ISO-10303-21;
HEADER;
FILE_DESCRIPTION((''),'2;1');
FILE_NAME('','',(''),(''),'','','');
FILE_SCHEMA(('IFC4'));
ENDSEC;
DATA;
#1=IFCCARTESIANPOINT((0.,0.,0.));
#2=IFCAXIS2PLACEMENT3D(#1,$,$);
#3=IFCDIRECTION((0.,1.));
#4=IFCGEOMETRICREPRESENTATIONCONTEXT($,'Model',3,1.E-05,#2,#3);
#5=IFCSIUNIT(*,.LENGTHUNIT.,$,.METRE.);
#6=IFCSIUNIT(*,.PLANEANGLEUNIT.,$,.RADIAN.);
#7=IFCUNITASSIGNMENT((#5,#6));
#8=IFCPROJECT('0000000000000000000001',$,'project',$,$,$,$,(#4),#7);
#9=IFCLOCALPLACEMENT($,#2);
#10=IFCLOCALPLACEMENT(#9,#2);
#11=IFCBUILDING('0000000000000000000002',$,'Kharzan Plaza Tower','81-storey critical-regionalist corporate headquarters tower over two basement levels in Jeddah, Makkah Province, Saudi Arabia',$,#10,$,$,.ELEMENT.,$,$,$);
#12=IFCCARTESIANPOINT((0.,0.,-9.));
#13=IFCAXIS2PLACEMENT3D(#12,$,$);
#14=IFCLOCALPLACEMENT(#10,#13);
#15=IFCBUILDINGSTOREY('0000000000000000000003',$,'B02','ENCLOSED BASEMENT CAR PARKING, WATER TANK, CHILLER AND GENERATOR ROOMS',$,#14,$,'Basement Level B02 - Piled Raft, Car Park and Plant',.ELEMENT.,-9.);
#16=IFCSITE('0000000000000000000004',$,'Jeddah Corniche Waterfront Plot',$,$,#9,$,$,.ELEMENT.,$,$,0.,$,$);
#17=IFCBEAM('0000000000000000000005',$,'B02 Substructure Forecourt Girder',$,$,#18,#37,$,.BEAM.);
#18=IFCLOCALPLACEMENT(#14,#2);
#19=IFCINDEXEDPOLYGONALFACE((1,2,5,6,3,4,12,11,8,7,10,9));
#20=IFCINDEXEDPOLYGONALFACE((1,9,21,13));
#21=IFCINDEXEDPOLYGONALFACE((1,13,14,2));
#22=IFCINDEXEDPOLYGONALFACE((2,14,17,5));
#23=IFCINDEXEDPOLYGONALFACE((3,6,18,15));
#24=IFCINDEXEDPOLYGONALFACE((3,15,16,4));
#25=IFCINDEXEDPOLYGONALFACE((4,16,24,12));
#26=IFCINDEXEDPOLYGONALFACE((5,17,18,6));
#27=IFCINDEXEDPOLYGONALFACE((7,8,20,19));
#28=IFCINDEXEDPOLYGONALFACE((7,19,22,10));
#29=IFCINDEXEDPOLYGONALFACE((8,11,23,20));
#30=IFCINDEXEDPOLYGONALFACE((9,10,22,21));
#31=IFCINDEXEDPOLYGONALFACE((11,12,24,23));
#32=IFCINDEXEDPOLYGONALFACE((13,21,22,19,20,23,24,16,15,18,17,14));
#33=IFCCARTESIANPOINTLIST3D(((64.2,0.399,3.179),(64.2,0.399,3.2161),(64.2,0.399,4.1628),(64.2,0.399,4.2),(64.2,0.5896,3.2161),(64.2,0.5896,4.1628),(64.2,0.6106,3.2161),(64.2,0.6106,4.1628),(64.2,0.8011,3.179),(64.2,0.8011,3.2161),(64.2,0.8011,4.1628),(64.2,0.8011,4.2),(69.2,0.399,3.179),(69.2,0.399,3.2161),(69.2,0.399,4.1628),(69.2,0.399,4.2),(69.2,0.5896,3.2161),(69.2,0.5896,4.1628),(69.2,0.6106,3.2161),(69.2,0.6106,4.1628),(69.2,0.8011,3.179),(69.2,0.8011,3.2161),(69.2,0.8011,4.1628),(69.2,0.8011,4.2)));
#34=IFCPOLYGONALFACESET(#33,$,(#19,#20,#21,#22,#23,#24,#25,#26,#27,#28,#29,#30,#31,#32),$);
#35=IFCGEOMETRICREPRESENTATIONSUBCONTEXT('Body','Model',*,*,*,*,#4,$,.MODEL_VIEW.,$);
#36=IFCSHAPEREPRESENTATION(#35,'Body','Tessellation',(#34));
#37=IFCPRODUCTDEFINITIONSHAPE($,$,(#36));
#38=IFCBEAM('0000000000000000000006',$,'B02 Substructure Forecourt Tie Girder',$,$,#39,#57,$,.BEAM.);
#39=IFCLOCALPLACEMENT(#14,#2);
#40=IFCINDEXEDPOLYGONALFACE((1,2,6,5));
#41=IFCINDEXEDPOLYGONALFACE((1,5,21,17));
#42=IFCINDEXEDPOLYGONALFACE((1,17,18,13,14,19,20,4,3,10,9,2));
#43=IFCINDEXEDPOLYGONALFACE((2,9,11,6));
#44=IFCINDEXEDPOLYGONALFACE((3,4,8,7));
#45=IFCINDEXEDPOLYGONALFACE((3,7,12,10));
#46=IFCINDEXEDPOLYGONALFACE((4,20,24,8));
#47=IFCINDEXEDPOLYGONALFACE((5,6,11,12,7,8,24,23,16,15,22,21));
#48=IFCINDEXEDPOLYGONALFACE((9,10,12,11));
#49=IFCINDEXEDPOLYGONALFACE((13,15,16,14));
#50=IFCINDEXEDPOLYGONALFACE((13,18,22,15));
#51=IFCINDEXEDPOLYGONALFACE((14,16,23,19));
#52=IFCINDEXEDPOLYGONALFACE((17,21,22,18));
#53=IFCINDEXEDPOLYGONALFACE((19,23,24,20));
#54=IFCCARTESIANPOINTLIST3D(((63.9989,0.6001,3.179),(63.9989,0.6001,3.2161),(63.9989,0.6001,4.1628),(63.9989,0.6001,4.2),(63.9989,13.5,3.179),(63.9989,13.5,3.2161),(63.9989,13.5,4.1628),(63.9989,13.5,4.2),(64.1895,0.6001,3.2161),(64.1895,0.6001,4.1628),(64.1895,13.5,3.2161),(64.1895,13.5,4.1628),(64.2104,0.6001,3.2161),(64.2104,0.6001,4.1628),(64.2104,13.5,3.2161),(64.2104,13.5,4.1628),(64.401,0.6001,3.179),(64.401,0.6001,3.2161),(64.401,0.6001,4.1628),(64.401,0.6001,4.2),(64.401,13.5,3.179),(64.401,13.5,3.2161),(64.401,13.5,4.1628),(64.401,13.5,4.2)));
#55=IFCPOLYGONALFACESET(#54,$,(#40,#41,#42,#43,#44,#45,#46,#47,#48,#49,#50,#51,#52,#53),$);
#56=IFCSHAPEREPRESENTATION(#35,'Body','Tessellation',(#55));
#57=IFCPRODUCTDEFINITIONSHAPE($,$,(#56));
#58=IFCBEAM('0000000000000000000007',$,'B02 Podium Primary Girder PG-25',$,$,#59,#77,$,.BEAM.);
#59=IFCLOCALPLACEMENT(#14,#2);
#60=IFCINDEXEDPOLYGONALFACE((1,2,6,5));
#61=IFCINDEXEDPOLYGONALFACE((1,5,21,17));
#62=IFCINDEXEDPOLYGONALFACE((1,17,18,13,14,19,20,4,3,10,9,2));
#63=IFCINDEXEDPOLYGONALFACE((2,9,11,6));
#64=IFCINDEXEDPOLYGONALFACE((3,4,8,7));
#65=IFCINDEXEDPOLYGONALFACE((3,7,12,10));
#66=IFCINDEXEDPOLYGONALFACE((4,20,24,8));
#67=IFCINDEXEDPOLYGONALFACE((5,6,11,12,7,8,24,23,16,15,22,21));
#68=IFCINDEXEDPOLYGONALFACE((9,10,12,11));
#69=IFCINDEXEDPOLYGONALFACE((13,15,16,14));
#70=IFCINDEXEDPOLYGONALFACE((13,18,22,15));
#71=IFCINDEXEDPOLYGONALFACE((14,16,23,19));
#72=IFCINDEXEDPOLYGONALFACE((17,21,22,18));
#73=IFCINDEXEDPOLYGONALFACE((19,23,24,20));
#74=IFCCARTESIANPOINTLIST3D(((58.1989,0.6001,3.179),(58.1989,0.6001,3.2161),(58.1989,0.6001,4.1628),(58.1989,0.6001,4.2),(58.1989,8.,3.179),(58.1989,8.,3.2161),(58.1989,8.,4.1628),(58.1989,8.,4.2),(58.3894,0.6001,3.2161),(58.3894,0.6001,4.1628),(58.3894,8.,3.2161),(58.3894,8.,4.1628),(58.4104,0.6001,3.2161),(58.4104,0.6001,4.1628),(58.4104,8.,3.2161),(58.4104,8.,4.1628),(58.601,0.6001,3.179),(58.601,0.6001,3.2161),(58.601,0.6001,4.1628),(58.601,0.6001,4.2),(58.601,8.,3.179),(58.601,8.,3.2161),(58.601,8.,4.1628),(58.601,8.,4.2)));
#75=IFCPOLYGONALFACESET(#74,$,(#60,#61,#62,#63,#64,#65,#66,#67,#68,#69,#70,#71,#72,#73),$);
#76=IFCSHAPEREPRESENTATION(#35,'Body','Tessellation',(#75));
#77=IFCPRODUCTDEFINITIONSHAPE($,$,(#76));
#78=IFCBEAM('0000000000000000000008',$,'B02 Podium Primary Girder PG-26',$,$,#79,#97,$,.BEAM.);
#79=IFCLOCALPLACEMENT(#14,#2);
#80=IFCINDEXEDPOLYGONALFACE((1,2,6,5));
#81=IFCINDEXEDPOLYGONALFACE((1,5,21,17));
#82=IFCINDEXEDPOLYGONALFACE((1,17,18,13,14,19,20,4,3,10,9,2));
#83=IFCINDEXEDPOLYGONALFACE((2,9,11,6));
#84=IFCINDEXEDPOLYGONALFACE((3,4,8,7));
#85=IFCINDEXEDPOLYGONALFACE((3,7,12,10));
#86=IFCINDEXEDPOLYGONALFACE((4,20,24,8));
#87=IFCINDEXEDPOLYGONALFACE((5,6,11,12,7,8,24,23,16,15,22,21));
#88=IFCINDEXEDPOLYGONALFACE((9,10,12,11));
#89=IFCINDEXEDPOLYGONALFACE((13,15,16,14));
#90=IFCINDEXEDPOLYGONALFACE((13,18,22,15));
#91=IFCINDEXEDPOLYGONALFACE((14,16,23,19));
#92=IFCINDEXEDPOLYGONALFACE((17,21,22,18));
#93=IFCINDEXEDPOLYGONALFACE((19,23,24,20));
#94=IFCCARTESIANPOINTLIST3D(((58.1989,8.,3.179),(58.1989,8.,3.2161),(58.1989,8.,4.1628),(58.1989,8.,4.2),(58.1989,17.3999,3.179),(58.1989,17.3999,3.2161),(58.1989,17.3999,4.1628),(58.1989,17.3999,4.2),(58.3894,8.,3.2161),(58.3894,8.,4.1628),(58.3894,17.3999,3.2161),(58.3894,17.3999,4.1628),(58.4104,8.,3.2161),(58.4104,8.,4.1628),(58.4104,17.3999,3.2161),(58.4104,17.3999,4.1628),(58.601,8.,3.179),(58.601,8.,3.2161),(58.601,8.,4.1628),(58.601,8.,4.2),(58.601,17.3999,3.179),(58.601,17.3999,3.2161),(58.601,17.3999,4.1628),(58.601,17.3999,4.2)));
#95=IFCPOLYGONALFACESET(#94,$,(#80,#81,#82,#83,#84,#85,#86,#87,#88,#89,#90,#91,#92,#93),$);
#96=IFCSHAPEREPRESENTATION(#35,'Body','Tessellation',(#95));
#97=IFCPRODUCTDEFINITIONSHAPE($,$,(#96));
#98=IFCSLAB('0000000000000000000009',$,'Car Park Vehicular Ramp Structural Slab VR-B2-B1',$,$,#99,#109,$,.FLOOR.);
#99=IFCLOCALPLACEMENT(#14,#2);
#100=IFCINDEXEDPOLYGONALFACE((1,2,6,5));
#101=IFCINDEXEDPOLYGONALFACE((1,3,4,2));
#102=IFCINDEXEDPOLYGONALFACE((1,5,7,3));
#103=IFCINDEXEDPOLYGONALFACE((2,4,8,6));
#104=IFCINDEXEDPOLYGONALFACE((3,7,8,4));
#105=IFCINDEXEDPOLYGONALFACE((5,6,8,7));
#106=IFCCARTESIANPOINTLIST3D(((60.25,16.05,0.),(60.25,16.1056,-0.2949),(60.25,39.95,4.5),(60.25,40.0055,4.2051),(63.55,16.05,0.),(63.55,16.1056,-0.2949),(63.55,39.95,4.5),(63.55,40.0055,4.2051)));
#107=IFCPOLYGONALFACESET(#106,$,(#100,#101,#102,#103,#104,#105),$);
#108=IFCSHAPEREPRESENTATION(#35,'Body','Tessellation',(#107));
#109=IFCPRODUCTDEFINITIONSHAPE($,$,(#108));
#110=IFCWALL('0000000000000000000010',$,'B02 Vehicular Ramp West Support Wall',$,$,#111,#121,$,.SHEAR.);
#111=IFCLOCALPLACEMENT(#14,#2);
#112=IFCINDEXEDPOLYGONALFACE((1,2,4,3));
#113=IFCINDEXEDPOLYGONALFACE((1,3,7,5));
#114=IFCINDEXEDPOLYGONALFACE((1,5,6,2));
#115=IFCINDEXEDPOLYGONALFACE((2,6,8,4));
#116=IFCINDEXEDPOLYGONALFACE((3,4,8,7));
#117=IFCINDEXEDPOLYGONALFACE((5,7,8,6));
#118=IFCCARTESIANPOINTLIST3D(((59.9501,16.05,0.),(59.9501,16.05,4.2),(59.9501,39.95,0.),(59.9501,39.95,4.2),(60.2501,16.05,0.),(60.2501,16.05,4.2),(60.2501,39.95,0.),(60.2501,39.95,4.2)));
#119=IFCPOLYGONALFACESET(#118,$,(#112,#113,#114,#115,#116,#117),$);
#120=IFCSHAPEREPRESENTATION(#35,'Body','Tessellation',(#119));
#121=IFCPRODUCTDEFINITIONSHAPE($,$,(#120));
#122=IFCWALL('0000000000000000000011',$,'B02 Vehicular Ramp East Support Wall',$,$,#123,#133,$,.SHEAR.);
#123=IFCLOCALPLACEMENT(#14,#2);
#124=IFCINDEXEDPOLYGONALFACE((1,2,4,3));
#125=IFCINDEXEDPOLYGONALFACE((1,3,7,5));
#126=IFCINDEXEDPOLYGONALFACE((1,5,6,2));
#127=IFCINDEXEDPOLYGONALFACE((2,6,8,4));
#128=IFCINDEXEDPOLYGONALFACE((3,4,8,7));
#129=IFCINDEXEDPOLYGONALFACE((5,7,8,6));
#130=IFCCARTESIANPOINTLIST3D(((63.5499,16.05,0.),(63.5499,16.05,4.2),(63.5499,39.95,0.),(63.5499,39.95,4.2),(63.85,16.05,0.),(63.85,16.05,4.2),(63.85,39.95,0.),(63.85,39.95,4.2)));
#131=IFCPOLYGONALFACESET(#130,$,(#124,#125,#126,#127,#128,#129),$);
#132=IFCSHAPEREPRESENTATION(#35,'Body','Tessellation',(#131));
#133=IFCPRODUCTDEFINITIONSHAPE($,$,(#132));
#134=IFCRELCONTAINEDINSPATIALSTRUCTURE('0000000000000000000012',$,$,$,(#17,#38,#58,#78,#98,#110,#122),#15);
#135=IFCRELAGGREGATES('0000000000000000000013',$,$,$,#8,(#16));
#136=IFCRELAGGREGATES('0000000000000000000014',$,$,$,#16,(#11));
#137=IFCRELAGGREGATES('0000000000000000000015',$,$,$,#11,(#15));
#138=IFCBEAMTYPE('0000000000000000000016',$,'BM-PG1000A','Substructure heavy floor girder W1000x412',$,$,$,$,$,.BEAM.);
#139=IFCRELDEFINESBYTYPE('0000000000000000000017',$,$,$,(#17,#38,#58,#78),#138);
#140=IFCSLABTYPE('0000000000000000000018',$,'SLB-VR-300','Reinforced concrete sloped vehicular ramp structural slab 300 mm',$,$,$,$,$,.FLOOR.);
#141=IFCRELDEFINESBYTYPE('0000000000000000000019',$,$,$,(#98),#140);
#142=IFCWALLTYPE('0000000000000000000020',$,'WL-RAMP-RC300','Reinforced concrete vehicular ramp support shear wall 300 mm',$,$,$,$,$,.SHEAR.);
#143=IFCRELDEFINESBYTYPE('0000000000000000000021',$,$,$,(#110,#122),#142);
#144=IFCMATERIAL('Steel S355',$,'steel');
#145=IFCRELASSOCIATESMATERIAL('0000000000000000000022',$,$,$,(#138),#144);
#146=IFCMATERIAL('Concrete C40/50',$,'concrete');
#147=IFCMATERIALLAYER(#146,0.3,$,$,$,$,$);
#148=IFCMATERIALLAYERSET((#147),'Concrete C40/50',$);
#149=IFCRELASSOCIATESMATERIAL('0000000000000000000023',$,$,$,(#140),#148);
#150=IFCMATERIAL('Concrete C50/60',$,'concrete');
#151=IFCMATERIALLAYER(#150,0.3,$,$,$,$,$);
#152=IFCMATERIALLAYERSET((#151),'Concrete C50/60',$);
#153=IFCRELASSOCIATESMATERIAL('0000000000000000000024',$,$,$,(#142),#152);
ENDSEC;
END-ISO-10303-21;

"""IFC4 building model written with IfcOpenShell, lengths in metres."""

from ifc_helpers import new_model, si_unit, direction, frame, frame_2d, origin, origin_2d, place, context, subcontext, project, spatial, polyline, rectangle, i_section, outline, extrude, source, transform, mapped, material, layer, layer_set, material_profile, profile_set, type_object, element, save


model = new_model("IFC4")

# Units and contexts
model_context = context("Model", 3, precision=1e-05, world=origin(), true_north=direction((0.0, 1.0)))
body_context = subcontext(model_context, "Body", "Model", "MODEL_VIEW")
ifc_project = project(units=[si_unit("LENGTHUNIT", "METRE"), si_unit("PLANEANGLEUNIT", "RADIAN")], contexts=[model_context])

# Site, building, storey
site_placement = place(None, origin())
site = spatial("IfcSite", under=ifc_project, at=site_placement, Name="Jeddah Corniche Waterfront Plot", CompositionType="ELEMENT", RefElevation=0.0)
building_placement = place(site_placement, origin())
building = spatial("IfcBuilding", under=site, at=building_placement, Name="Kharzan Plaza Tower", Description="81-storey critical-regionalist corporate headquarters tower over two basement levels in Jeddah, Makkah Province, Saudi Arabia", CompositionType="ELEMENT")
storey_placement = place(building_placement, frame((0.0, 0.0, -9.0)))
storey = spatial("IfcBuildingStorey", under=building, at=storey_placement, Name="B02", Description="ENCLOSED BASEMENT CAR PARKING, WATER TANK, CHILLER AND GENERATOR ROOMS", LongName="Basement Level B02 - Piled Raft, Car Park and Plant", CompositionType="ELEMENT", Elevation=-9.0)

# Shared definitions
ifc_material_1 = material(Name="Concrete C50/60", Category="concrete")

# Shared definitions
ifc_material_2 = material(Name="Steel S355", Category="steel")

# Beams
ifc_material_profile_1 = material_profile(ifc_material_2, i_section(OverallWidth=0.4021, OverallDepth=1.021, WebThickness=0.021, FlangeThickness=0.0371, at=origin_2d()), Name="W1000x412")
ifc_profile_set_1 = profile_set([ifc_material_profile_1], Name="Steel S355")
beam_type = type_object("IfcBeamType", Name="BM-PG1000A", Description="Substructure heavy floor girder W1000x412", PredefinedType="BEAM", material=ifc_profile_set_1)
shared_shape_1 = source(origin(), body_context, "Body", "SweptSolid", [
    extrude(i_section(OverallWidth=0.4021, OverallDepth=1.021, WebThickness=0.021, FlangeThickness=0.0371, at=origin_2d()), origin(), (0.0, 0.0, 1.0), 5.0),
])
beam_1_placement = place(storey_placement, frame((64.2, 0.6001, 3.6895), z_axis=(1.0, 0.0, 0.0), x_axis=(0.0, 1.0, 0.0)))
element("IfcBeam", 1, at=beam_1_placement, inside=storey, type_object=beam_type, Name="B02 Substructure Forecourt Girder", PredefinedType="BEAM", context=body_context, shape_type="MappedRepresentation", body=[
    mapped(shared_shape_1, transform((0.0, 0.0, 0.0), x_axis=(1.0, 0.0, 0.0), y_axis=(0.0, 1.0, 0.0), z_axis=(0.0, 0.0, 1.0))),
])
shared_shape_2 = source(origin(), body_context, "Body", "SweptSolid", [
    extrude(i_section(OverallWidth=0.4021, OverallDepth=1.021, WebThickness=0.021, FlangeThickness=0.0371, at=origin_2d()), origin(), (0.0, 0.0, 1.0), 12.8999),
])
beam_2_placement = place(storey_placement, frame((64.2, 0.6001, 3.6895), z_axis=(0.0, 1.0, 0.0), x_axis=(-1.0, 0.0, 0.0)))
element("IfcBeam", 2, at=beam_2_placement, inside=storey, type_object=beam_type, Name="B02 Substructure Forecourt Tie Girder", PredefinedType="BEAM", context=body_context, shape_type="MappedRepresentation", body=[
    mapped(shared_shape_2, transform((0.0, 0.0, 0.0), x_axis=(1.0, 0.0, 0.0), y_axis=(0.0, 1.0, 0.0), z_axis=(0.0, 0.0, 1.0))),
])
shared_shape_3 = source(origin(), body_context, "Body", "SweptSolid", [
    extrude(i_section(OverallWidth=0.4021, OverallDepth=1.021, WebThickness=0.021, FlangeThickness=0.0371, at=origin_2d()), origin(), (0.0, 0.0, 1.0), 7.3999),
])
beam_3_placement = place(storey_placement, frame((58.3999, 0.6001, 3.6895), z_axis=(0.0, 1.0, 0.0), x_axis=(-1.0, 0.0, 0.0)))
element("IfcBeam", 3, at=beam_3_placement, inside=storey, type_object=beam_type, Name="B02 Podium Primary Girder PG-25", PredefinedType="BEAM", context=body_context, shape_type="MappedRepresentation", body=[
    mapped(shared_shape_3, transform((0.0, 0.0, 0.0), x_axis=(1.0, 0.0, 0.0), y_axis=(0.0, 1.0, 0.0), z_axis=(0.0, 0.0, 1.0))),
])
shared_shape_4 = source(origin(), body_context, "Body", "SweptSolid", [
    extrude(i_section(OverallWidth=0.4021, OverallDepth=1.021, WebThickness=0.021, FlangeThickness=0.0371, at=origin_2d()), origin(), (0.0, 0.0, 1.0), 9.3999),
])
beam_4_placement = place(storey_placement, frame((58.3999, 8.0, 3.6895), z_axis=(0.0, 1.0, 0.0), x_axis=(-1.0, 0.0, 0.0)))
element("IfcBeam", 4, at=beam_4_placement, inside=storey, type_object=beam_type, Name="B02 Podium Primary Girder PG-26", PredefinedType="BEAM", context=body_context, shape_type="MappedRepresentation", body=[
    mapped(shared_shape_4, transform((0.0, 0.0, 0.0), x_axis=(1.0, 0.0, 0.0), y_axis=(0.0, 1.0, 0.0), z_axis=(0.0, 0.0, 1.0))),
])

# Slab
ifc_material_3 = material(Name="Concrete C40/50", Category="concrete")
ifc_layer_1 = layer(ifc_material_3, 0.3)
ifc_layer_set_1 = layer_set([ifc_layer_1], Name="Concrete C40/50")
slab_type = type_object("IfcSlabType", Name="SLB-VR-300", Description="Reinforced concrete sloped vehicular ramp structural slab 300 mm", PredefinedType="FLOOR", material=ifc_layer_set_1)
slab_placement = place(storey_placement, frame((60.25, 16.05, 0.0), z_axis=(0.0, -0.185034, 0.982732), x_axis=(0.0, 0.982732, 0.185034)))
element("IfcSlab", 5, at=slab_placement, inside=storey, type_object=slab_type, Name="Car Park Vehicular Ramp Structural Slab VR-B2-B1", PredefinedType="FLOOR", context=body_context, shape_type="SweptSolid", body=[
    extrude(outline(polyline([(0.0, 0.0), (24.3199, 0.0), (24.3199, -3.3), (0.0, -3.3), (0.0, 0.0)])), origin(), (0.0, 0.0, -1.0), 0.3),
])

# Walls
ifc_layer_2 = layer(ifc_material_1, 0.3)
ifc_layer_set_2 = layer_set([ifc_layer_2], Name="Concrete C50/60")
wall_type = type_object("IfcWallType", Name="WL-RAMP-RC300", Description="Reinforced concrete vehicular ramp support shear wall 300 mm", PredefinedType="SHEAR", material=ifc_layer_set_2)
shared_shape_5 = source(origin(), body_context, "Body", "SweptSolid", [
    extrude(rectangle(XDim=23.8999, YDim=0.3, at=frame_2d((11.95, 0.0))), origin(), (0.0, 0.0, 1.0), 4.2),
])
for number, where, z_axis, x_axis, name in (
    (6, (60.1001, 16.05, 0.0), (0.0, 0.0, 1.0), (0.0, 1.0, 0.0), "B02 Vehicular Ramp West Support Wall"),
    (7, (63.7, 16.05, 0.0), (0.0, 0.0, 1.0), (0.0, 1.0, 0.0), "B02 Vehicular Ramp East Support Wall"),
):
    element("IfcWall", number, at=place(storey_placement, frame(where, z_axis=z_axis, x_axis=x_axis)), inside=storey, type_object=wall_type, Name=name, PredefinedType="SHEAR", context=body_context, shape_type="MappedRepresentation", body=[
        mapped(shared_shape_5, transform((0.0, 0.0, 0.0), x_axis=(1.0, 0.0, 0.0), y_axis=(0.0, 1.0, 0.0), z_axis=(0.0, 0.0, 1.0))),
    ])

save(model, "model.ifc")
